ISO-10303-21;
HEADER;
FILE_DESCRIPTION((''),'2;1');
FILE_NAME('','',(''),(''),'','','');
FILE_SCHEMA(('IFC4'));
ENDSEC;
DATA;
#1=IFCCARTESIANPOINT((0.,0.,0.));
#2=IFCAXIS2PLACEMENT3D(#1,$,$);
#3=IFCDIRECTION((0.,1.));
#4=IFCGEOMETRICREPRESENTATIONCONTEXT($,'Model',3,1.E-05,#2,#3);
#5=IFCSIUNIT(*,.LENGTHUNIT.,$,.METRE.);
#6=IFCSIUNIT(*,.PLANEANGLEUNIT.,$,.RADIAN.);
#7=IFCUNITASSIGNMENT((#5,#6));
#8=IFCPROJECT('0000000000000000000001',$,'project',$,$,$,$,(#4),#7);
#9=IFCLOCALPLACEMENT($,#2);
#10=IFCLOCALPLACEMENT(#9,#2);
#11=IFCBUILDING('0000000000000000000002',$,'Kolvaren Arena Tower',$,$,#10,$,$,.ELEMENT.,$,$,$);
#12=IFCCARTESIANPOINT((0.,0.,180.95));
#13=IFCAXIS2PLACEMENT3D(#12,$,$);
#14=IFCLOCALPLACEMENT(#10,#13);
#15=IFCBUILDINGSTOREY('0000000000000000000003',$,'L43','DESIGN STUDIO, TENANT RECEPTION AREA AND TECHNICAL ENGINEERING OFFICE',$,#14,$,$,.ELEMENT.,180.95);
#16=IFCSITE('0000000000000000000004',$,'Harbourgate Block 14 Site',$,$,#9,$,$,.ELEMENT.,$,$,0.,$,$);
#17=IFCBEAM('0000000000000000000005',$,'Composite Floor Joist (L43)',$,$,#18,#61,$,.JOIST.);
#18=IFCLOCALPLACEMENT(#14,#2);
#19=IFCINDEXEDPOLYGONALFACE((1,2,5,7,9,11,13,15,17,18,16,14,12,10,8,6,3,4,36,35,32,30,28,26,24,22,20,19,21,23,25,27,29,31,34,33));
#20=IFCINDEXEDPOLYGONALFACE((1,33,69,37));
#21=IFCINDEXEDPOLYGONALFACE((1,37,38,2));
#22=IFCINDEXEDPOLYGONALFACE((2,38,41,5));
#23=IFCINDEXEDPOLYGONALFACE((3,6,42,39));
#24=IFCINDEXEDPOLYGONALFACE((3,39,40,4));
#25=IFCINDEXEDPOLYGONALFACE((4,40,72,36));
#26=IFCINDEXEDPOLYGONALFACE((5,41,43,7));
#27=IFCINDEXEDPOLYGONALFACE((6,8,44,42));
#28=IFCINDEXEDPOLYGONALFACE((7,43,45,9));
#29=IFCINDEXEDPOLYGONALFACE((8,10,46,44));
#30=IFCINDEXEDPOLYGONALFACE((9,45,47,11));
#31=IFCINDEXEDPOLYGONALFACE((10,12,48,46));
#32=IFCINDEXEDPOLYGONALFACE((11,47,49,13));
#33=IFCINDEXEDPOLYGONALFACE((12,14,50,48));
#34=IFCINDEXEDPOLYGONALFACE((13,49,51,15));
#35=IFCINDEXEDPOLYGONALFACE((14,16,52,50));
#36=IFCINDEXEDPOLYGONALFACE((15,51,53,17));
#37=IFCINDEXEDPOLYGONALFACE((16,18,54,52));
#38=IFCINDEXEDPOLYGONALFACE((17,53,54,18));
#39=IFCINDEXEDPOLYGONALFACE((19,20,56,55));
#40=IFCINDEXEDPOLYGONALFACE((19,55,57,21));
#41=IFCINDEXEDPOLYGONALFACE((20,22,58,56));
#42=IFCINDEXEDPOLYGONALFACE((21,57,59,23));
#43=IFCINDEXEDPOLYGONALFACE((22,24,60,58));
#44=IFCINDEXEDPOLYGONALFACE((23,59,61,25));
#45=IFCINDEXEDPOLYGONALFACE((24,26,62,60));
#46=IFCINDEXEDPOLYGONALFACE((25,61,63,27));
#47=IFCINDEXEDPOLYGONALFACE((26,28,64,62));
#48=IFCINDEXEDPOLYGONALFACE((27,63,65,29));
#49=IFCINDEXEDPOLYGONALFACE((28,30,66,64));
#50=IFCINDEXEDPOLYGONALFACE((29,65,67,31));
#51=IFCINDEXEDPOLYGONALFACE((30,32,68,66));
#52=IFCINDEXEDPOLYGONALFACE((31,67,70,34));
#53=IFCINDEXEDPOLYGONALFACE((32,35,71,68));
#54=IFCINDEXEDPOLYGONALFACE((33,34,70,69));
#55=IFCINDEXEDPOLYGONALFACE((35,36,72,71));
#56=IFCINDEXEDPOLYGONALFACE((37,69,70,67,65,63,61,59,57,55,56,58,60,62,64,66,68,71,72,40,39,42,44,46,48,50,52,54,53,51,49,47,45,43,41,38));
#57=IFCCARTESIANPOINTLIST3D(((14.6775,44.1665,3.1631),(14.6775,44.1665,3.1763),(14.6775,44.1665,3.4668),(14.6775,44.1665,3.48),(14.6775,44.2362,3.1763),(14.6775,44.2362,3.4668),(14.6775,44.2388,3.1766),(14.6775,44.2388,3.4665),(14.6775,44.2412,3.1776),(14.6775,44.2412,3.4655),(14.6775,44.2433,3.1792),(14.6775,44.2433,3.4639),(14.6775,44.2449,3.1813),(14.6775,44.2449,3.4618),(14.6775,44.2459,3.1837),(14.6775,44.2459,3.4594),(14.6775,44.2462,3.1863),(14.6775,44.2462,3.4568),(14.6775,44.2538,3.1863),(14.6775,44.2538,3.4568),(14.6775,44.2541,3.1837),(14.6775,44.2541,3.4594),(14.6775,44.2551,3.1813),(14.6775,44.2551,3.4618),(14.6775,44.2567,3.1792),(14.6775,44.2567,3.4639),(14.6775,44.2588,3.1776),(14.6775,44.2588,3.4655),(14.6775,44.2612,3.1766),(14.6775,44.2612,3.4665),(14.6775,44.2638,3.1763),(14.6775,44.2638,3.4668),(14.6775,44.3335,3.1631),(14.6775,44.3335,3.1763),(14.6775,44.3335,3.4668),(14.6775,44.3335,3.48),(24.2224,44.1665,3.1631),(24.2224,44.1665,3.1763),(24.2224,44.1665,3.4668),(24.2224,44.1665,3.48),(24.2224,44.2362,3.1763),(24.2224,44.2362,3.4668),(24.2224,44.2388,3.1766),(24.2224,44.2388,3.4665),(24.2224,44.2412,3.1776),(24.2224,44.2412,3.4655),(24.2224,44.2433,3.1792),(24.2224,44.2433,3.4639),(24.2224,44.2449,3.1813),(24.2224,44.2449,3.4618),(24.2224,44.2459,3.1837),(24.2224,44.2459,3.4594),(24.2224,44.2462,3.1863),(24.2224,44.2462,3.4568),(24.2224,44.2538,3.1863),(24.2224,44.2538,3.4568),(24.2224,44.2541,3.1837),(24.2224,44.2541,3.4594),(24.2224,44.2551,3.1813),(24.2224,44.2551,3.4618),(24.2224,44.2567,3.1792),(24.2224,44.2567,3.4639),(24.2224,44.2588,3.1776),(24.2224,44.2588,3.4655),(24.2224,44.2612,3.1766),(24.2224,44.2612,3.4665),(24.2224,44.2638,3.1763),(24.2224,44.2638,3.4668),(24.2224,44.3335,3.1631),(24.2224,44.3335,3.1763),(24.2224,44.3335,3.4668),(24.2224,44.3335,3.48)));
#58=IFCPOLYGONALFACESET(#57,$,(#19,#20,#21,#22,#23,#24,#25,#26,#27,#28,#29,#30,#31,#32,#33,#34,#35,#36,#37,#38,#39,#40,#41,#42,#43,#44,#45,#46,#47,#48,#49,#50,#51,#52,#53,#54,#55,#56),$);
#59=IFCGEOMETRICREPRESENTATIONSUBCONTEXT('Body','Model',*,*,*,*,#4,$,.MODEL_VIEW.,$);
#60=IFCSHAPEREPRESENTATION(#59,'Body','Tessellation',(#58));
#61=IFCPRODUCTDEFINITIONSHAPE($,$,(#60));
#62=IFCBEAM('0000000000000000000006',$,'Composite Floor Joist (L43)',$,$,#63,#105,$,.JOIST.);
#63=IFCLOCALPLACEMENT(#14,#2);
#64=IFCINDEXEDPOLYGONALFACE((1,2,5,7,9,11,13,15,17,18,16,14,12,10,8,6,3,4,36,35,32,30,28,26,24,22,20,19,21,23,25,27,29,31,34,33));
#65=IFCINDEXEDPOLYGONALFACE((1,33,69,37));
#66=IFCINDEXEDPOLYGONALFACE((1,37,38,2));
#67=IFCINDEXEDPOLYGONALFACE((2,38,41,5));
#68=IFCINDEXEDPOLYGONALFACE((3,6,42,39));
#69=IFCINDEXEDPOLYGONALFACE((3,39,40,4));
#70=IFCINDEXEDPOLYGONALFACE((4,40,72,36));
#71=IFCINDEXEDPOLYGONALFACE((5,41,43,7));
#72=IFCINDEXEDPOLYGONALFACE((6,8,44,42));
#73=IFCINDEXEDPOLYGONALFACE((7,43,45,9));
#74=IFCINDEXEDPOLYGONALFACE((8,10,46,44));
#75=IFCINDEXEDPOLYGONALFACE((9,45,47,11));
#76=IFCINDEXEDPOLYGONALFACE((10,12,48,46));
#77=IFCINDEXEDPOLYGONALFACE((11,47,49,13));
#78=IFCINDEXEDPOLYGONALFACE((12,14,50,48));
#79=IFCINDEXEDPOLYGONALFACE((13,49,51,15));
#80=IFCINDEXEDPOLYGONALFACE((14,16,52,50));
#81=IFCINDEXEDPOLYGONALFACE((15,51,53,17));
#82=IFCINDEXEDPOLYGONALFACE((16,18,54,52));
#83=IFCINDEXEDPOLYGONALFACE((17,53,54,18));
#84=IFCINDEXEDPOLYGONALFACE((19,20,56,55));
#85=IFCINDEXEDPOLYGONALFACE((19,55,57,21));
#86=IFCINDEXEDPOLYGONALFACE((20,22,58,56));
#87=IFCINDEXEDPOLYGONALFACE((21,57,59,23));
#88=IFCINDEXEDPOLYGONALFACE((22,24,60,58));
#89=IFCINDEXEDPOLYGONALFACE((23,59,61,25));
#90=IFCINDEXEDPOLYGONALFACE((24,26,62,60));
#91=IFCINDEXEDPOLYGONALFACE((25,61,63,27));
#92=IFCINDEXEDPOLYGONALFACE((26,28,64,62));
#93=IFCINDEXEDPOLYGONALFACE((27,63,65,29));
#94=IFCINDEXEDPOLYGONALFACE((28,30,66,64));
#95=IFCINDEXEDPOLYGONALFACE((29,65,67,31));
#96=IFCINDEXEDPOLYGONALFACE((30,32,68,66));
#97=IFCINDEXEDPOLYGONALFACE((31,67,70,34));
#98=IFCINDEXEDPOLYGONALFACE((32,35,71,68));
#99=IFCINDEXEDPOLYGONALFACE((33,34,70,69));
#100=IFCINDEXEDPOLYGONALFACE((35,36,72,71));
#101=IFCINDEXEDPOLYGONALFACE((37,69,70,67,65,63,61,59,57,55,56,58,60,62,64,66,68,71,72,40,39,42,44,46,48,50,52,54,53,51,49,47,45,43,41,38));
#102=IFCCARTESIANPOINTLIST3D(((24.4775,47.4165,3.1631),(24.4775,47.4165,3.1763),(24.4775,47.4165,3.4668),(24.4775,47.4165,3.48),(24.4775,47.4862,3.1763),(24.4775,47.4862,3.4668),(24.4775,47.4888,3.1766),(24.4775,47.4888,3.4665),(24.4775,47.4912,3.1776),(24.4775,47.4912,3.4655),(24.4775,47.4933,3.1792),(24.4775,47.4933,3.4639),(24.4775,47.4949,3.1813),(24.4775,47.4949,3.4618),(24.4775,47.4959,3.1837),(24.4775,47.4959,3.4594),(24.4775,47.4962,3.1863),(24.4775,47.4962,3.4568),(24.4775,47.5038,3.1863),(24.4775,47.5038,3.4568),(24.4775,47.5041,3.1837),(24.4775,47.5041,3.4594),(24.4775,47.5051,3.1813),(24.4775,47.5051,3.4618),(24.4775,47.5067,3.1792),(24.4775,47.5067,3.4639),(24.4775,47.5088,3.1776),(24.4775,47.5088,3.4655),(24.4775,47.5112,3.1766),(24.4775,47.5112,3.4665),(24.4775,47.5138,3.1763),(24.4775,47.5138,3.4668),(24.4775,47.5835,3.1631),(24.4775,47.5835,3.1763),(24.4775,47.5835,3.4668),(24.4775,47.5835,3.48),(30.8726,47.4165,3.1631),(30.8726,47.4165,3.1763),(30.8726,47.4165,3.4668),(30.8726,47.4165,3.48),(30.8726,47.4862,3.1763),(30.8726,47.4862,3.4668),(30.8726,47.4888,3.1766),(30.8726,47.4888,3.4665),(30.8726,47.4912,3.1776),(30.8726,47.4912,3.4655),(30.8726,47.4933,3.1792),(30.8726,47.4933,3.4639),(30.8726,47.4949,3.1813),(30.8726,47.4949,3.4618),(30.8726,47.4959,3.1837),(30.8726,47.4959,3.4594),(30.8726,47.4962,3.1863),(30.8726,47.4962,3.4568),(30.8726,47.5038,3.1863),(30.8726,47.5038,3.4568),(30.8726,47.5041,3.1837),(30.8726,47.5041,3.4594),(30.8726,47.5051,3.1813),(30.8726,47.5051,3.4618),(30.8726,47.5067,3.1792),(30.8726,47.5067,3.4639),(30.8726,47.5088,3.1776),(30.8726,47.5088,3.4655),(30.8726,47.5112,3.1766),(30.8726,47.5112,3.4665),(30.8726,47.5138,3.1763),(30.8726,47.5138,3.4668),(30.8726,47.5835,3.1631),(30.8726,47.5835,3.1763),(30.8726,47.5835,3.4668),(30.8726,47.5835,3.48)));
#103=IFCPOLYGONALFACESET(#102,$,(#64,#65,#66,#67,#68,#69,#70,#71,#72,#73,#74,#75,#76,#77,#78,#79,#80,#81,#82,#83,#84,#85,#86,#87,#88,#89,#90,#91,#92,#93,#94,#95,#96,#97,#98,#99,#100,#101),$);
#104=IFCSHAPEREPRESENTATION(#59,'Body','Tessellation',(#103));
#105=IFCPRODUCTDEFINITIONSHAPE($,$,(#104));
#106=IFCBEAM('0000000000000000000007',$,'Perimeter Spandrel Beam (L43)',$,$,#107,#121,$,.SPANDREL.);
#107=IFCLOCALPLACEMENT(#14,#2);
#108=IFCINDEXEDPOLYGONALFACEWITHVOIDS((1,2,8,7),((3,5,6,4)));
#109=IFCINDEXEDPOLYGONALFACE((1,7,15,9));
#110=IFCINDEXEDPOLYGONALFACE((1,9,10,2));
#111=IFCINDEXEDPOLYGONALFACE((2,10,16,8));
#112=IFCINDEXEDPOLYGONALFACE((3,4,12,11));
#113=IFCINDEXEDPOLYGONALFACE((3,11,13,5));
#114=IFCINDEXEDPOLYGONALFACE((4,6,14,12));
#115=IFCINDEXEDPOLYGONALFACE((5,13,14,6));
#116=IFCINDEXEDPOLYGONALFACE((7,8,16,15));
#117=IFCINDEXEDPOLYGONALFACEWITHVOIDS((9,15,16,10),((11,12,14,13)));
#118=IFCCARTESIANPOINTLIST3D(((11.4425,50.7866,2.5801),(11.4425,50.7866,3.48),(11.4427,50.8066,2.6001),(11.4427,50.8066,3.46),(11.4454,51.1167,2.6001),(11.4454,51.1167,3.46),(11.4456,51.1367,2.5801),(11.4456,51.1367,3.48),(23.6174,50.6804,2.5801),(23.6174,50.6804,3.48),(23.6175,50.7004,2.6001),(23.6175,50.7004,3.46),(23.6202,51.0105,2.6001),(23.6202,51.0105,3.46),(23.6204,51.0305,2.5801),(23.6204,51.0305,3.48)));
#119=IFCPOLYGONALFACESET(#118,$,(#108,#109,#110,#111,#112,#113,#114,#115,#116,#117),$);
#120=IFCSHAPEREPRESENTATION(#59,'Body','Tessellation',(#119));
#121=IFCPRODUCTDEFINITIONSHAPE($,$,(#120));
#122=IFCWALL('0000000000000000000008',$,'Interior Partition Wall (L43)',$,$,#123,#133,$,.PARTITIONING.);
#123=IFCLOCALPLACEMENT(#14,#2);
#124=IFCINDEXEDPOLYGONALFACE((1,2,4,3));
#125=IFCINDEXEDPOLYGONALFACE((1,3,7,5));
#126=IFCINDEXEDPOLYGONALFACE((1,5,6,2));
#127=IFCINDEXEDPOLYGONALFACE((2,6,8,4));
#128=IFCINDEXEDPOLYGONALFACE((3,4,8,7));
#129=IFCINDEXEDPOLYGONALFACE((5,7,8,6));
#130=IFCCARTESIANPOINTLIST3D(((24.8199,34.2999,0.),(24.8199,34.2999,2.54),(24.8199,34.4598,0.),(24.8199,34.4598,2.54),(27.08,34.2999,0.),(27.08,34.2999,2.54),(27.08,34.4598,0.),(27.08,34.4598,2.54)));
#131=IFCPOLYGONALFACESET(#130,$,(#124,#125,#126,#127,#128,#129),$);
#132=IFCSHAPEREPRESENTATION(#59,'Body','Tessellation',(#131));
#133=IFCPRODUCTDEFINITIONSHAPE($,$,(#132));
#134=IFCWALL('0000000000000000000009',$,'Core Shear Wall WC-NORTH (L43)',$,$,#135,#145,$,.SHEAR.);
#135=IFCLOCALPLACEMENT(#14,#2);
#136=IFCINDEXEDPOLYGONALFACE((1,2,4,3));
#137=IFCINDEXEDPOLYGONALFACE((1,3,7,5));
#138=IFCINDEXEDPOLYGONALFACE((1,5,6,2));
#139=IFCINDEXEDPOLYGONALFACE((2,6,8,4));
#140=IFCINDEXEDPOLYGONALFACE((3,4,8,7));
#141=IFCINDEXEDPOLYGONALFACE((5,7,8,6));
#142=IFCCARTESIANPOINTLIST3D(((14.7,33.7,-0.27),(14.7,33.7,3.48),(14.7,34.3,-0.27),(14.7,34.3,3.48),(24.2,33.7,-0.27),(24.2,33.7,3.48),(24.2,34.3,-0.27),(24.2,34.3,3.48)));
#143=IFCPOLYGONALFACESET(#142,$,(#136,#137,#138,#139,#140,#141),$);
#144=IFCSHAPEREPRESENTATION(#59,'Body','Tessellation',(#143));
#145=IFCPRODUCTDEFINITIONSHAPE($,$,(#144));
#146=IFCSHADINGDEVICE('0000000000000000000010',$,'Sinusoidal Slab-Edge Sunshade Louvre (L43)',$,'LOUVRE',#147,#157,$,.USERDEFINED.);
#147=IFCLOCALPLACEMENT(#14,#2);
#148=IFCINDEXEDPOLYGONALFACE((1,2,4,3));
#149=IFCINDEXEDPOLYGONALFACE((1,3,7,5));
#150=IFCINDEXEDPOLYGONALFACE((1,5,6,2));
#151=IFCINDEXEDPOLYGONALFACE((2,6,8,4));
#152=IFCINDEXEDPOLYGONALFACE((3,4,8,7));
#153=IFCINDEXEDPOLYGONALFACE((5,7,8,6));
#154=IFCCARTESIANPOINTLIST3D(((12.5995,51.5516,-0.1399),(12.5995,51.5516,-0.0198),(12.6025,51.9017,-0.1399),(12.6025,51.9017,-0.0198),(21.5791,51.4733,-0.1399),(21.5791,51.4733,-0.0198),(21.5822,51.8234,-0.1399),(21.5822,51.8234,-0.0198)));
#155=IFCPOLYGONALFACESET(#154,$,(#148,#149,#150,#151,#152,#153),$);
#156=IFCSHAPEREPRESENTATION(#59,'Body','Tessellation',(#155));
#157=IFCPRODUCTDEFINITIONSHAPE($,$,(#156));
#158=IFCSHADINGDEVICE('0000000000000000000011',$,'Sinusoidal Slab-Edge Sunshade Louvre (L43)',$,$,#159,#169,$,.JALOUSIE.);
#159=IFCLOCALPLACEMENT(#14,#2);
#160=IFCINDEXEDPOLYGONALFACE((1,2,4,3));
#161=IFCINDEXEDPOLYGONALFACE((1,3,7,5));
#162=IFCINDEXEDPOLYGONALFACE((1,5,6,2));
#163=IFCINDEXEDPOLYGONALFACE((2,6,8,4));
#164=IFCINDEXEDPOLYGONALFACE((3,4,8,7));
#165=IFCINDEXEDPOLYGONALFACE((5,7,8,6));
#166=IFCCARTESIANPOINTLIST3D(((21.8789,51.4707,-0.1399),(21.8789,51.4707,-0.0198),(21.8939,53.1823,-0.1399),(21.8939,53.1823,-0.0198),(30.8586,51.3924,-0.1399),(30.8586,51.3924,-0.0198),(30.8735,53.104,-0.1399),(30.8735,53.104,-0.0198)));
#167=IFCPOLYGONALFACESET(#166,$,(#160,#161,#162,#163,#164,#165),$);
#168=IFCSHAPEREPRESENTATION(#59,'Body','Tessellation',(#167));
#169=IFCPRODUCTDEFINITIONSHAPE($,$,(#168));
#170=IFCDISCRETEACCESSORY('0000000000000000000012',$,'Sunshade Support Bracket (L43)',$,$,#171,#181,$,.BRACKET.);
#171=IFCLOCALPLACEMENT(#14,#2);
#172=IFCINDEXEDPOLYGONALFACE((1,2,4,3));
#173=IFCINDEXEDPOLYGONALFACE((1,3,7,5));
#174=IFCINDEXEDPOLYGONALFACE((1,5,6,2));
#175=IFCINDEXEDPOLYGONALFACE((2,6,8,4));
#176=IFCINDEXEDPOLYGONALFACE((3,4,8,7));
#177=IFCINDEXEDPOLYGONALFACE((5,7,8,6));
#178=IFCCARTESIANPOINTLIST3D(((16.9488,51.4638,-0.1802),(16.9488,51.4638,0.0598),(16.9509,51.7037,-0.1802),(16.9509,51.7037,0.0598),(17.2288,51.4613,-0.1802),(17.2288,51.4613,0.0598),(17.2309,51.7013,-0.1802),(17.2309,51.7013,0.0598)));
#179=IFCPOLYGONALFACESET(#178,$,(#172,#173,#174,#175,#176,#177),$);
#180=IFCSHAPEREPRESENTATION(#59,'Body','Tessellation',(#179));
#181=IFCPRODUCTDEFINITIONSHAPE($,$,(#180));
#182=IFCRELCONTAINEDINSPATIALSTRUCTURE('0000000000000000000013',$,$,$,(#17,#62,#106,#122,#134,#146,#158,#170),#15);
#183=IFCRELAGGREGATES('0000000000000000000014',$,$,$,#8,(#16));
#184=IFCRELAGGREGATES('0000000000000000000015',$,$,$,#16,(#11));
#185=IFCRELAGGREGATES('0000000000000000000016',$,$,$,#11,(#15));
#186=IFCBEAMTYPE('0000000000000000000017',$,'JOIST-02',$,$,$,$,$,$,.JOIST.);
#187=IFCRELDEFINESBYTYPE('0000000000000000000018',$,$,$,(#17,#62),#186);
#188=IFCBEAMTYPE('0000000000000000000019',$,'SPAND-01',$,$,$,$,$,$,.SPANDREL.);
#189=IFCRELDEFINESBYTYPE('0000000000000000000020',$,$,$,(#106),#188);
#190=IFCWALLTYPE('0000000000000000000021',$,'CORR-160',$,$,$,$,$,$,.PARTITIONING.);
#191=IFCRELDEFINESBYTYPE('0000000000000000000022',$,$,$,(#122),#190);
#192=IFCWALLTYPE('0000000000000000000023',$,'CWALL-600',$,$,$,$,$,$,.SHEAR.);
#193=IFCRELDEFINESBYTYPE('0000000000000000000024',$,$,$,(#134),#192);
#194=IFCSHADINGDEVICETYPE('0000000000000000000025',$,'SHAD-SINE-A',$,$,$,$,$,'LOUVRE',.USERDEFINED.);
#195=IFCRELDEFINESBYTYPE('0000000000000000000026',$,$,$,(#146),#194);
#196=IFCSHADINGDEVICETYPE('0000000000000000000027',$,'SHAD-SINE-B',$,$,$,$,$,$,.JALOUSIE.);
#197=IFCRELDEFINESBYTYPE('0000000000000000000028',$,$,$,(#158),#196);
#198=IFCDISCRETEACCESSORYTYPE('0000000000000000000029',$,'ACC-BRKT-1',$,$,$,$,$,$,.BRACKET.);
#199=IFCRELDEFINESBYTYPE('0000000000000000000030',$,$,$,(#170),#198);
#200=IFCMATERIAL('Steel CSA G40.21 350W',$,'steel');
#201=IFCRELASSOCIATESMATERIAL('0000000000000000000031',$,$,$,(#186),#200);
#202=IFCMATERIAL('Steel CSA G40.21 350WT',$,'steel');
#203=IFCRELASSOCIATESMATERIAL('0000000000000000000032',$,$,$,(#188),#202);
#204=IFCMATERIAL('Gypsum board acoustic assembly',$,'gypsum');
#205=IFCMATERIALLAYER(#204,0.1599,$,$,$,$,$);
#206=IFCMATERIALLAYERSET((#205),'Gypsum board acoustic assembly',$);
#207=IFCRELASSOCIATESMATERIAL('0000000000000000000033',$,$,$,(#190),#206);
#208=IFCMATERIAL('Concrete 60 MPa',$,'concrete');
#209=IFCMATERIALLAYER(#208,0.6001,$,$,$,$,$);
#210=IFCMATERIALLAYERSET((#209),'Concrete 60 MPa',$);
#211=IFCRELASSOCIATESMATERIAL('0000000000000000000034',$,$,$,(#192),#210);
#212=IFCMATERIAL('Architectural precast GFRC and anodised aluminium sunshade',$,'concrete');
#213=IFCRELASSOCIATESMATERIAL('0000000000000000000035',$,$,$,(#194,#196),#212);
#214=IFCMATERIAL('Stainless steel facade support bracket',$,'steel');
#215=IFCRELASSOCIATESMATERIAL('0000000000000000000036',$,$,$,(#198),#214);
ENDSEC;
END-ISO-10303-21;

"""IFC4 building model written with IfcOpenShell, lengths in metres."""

from ifc_helpers import new_model, si_unit, direction, frame, frame_2d, origin, origin_2d, place, context, subcontext, project, spatial, rectangle, hollow_rectangle, i_section, extrude, material, layer, layer_set, material_profile, profile_set, type_object, element, save


model = new_model("IFC4")

# Units and contexts
model_context = context("Model", 3, precision=1e-05, world=origin(), true_north=direction((0.0, 1.0)))
body_context = subcontext(model_context, "Body", "Model", "MODEL_VIEW")
ifc_project = project(units=[si_unit("LENGTHUNIT", "METRE"), si_unit("PLANEANGLEUNIT", "RADIAN")], contexts=[model_context])

# Site, building, storey
site_placement = place(None, origin())
site = spatial("IfcSite", under=ifc_project, at=site_placement, Name="Harbourgate Block 14 Site", CompositionType="ELEMENT", RefElevation=0.0)
building_placement = place(site_placement, origin())
building = spatial("IfcBuilding", under=site, at=building_placement, Name="Kolvaren Arena Tower", CompositionType="ELEMENT")
storey_placement = place(building_placement, frame((0.0, 0.0, 180.95)))
storey = spatial("IfcBuildingStorey", under=building, at=storey_placement, Name="L43", Description="DESIGN STUDIO, TENANT RECEPTION AREA AND TECHNICAL ENGINEERING OFFICE", CompositionType="ELEMENT", Elevation=180.95)

# Beams
ifc_material_1 = material(Name="Steel CSA G40.21 350W", Category="steel")
ifc_material_profile_1 = material_profile(ifc_material_1, i_section(OverallWidth=0.167, OverallDepth=0.3169, WebThickness=0.0076, FlangeThickness=0.0132, FilletRadius=0.01, at=origin_2d()), Name="W310x52")
ifc_profile_set_1 = profile_set([ifc_material_profile_1], Name="Steel CSA G40.21 350W")
beam_type_1 = type_object("IfcBeamType", Name="JOIST-02", PredefinedType="JOIST", material=ifc_profile_set_1)
beam_1_placement = place(storey_placement, frame((14.6775, 44.25, 3.3215), z_axis=(1.0, 0.0, 0.0), x_axis=(0.0, 1.0, 0.0)))
element("IfcBeam", 1, at=beam_1_placement, inside=storey, type_object=beam_type_1, Name="Composite Floor Joist (L43)", PredefinedType="JOIST", context=body_context, shape_type="SweptSolid", body=[
    extrude(i_section(OverallWidth=0.167, OverallDepth=0.3169, WebThickness=0.0076, FlangeThickness=0.0132, FilletRadius=0.01, at=origin_2d()), origin(), (0.0, 0.0, 1.0), 9.5449),
])
beam_2_placement = place(storey_placement, frame((24.4775, 47.5, 3.3215), z_axis=(1.0, 0.0, 0.0), x_axis=(0.0, 1.0, 0.0)))
element("IfcBeam", 2, at=beam_2_placement, inside=storey, type_object=beam_type_1, Name="Composite Floor Joist (L43)", PredefinedType="JOIST", context=body_context, shape_type="SweptSolid", body=[
    extrude(i_section(OverallWidth=0.167, OverallDepth=0.3169, WebThickness=0.0076, FlangeThickness=0.0132, FilletRadius=0.01, at=origin_2d()), origin(), (0.0, 0.0, 1.0), 6.395),
])
ifc_material_2 = material(Name="Steel CSA G40.21 350WT", Category="steel")
ifc_material_profile_2 = material_profile(ifc_material_2, hollow_rectangle(XDim=0.3501, YDim=0.8999, WallThickness=0.02, at=origin_2d()), Name="HSS 900x350x20")
ifc_profile_set_2 = profile_set([ifc_material_profile_2], Name="Steel CSA G40.21 350WT")
beam_type_2 = type_object("IfcBeamType", Name="SPAND-01", PredefinedType="SPANDREL", material=ifc_profile_set_2)
beam_3_placement = place(storey_placement, frame((23.6189, 50.8555, 3.03), z_axis=(-0.999962, 0.008723, 0.0), x_axis=(-0.008723, -0.999962, 0.0)))
element("IfcBeam", 3, at=beam_3_placement, inside=storey, type_object=beam_type_2, Name="Perimeter Spandrel Beam (L43)", PredefinedType="SPANDREL", context=body_context, shape_type="SweptSolid", body=[
    extrude(hollow_rectangle(XDim=0.3501, YDim=0.8999, WallThickness=0.02, at=origin_2d()), origin(), (0.0, 0.0, 1.0), 12.1753),
])

# Walls
ifc_material_3 = material(Name="Gypsum board acoustic assembly", Category="gypsum")
ifc_layer_1 = layer(ifc_material_3, 0.1599)
ifc_layer_set_1 = layer_set([ifc_layer_1], Name="Gypsum board acoustic assembly")
wall_type_1 = type_object("IfcWallType", Name="CORR-160", PredefinedType="PARTITIONING", material=ifc_layer_set_1)
wall_1_placement = place(storey_placement, frame((24.8201, 34.3799, 0.0), z_axis=(0.0, 0.0, 1.0), x_axis=(1.0, 0.0, 0.0)))
element("IfcWall", 4, at=wall_1_placement, inside=storey, type_object=wall_type_1, Name="Interior Partition Wall (L43)", PredefinedType="PARTITIONING", context=body_context, shape_type="SweptSolid", body=[
    extrude(rectangle(XDim=2.26, YDim=0.1599, at=frame_2d((1.1299, 0.0))), origin(), (0.0, 0.0, 1.0), 2.54),
])
ifc_material_4 = material(Name="Concrete 60 MPa", Category="concrete")
ifc_layer_2 = layer(ifc_material_4, 0.6001)
ifc_layer_set_2 = layer_set([ifc_layer_2], Name="Concrete 60 MPa")
wall_type_2 = type_object("IfcWallType", Name="CWALL-600", PredefinedType="SHEAR", material=ifc_layer_set_2)
wall_2_placement = place(storey_placement, frame((14.7, 34.0, -0.27), z_axis=(0.0, 0.0, 1.0), x_axis=(1.0, 0.0, 0.0)))
element("IfcWall", 5, at=wall_2_placement, inside=storey, type_object=wall_type_2, Name="Core Shear Wall WC-NORTH (L43)", PredefinedType="SHEAR", context=body_context, shape_type="SweptSolid", body=[
    extrude(rectangle(XDim=9.5, YDim=0.6001, at=frame_2d((4.75, 0.0))), origin(), (0.0, 0.0, 1.0), 3.75),
])

# Shading devices
ifc_material_5 = material(Name="Architectural precast GFRC and anodised aluminium sunshade", Category="concrete")
shading_device_type_1 = type_object("IfcShadingDeviceType", Name="SHAD-SINE-A", ElementType="LOUVRE", PredefinedType="USERDEFINED", material=ifc_material_5)
shading_device_1_placement = place(storey_placement, frame((17.0908, 51.6875, -0.1399), z_axis=(0.0, 0.0, 1.0), x_axis=(0.999962, -0.008727, 0.0)))
element("IfcShadingDevice", 6, at=shading_device_1_placement, inside=storey, type_object=shading_device_type_1, Name="Sinusoidal Slab-Edge Sunshade Louvre (L43)", ObjectType="LOUVRE", PredefinedType="USERDEFINED", context=body_context, shape_type="SweptSolid", body=[
    extrude(rectangle(XDim=8.98, YDim=0.3501, at=origin_2d()), origin(), (0.0, 0.0, 1.0), 0.1201),
])
shading_device_type_2 = type_object("IfcShadingDeviceType", Name="SHAD-SINE-B", PredefinedType="JALOUSIE", material=ifc_material_5)
shading_device_2_placement = place(storey_placement, frame((26.3762, 52.2874, -0.1399), z_axis=(0.0, 0.0, 1.0), x_axis=(0.999962, -0.008727, 0.0)))
element("IfcShadingDevice", 7, at=shading_device_2_placement, inside=storey, type_object=shading_device_type_2, Name="Sinusoidal Slab-Edge Sunshade Louvre (L43)", PredefinedType="JALOUSIE", context=body_context, shape_type="SweptSolid", body=[
    extrude(rectangle(XDim=8.98, YDim=1.7117, at=origin_2d()), origin(), (0.0, 0.0, 1.0), 0.1201),
])

# Discrete accessory
ifc_material_6 = material(Name="Stainless steel facade support bracket", Category="steel")
discrete_accessory_type = type_object("IfcDiscreteAccessoryType", Name="ACC-BRKT-1", PredefinedType="BRACKET", material=ifc_material_6)
for number, where, z_axis, x_axis, name in (
    (8, (17.0898, 51.5825, -0.1802), (0.0, 0.0, 1.0), (0.999962, -0.008727, 0.0), "Sunshade Support Bracket (L43)"),
):
    element("IfcDiscreteAccessory", number, at=place(storey_placement, frame(where, z_axis=z_axis, x_axis=x_axis)), inside=storey, type_object=discrete_accessory_type, Name=name, PredefinedType="BRACKET", context=body_context, shape_type="SweptSolid", body=[
        extrude(rectangle(XDim=0.28, YDim=0.24, at=origin_2d()), origin(), (0.0, 0.0, 1.0), 0.24),
    ])

save(model, "model.ifc")
